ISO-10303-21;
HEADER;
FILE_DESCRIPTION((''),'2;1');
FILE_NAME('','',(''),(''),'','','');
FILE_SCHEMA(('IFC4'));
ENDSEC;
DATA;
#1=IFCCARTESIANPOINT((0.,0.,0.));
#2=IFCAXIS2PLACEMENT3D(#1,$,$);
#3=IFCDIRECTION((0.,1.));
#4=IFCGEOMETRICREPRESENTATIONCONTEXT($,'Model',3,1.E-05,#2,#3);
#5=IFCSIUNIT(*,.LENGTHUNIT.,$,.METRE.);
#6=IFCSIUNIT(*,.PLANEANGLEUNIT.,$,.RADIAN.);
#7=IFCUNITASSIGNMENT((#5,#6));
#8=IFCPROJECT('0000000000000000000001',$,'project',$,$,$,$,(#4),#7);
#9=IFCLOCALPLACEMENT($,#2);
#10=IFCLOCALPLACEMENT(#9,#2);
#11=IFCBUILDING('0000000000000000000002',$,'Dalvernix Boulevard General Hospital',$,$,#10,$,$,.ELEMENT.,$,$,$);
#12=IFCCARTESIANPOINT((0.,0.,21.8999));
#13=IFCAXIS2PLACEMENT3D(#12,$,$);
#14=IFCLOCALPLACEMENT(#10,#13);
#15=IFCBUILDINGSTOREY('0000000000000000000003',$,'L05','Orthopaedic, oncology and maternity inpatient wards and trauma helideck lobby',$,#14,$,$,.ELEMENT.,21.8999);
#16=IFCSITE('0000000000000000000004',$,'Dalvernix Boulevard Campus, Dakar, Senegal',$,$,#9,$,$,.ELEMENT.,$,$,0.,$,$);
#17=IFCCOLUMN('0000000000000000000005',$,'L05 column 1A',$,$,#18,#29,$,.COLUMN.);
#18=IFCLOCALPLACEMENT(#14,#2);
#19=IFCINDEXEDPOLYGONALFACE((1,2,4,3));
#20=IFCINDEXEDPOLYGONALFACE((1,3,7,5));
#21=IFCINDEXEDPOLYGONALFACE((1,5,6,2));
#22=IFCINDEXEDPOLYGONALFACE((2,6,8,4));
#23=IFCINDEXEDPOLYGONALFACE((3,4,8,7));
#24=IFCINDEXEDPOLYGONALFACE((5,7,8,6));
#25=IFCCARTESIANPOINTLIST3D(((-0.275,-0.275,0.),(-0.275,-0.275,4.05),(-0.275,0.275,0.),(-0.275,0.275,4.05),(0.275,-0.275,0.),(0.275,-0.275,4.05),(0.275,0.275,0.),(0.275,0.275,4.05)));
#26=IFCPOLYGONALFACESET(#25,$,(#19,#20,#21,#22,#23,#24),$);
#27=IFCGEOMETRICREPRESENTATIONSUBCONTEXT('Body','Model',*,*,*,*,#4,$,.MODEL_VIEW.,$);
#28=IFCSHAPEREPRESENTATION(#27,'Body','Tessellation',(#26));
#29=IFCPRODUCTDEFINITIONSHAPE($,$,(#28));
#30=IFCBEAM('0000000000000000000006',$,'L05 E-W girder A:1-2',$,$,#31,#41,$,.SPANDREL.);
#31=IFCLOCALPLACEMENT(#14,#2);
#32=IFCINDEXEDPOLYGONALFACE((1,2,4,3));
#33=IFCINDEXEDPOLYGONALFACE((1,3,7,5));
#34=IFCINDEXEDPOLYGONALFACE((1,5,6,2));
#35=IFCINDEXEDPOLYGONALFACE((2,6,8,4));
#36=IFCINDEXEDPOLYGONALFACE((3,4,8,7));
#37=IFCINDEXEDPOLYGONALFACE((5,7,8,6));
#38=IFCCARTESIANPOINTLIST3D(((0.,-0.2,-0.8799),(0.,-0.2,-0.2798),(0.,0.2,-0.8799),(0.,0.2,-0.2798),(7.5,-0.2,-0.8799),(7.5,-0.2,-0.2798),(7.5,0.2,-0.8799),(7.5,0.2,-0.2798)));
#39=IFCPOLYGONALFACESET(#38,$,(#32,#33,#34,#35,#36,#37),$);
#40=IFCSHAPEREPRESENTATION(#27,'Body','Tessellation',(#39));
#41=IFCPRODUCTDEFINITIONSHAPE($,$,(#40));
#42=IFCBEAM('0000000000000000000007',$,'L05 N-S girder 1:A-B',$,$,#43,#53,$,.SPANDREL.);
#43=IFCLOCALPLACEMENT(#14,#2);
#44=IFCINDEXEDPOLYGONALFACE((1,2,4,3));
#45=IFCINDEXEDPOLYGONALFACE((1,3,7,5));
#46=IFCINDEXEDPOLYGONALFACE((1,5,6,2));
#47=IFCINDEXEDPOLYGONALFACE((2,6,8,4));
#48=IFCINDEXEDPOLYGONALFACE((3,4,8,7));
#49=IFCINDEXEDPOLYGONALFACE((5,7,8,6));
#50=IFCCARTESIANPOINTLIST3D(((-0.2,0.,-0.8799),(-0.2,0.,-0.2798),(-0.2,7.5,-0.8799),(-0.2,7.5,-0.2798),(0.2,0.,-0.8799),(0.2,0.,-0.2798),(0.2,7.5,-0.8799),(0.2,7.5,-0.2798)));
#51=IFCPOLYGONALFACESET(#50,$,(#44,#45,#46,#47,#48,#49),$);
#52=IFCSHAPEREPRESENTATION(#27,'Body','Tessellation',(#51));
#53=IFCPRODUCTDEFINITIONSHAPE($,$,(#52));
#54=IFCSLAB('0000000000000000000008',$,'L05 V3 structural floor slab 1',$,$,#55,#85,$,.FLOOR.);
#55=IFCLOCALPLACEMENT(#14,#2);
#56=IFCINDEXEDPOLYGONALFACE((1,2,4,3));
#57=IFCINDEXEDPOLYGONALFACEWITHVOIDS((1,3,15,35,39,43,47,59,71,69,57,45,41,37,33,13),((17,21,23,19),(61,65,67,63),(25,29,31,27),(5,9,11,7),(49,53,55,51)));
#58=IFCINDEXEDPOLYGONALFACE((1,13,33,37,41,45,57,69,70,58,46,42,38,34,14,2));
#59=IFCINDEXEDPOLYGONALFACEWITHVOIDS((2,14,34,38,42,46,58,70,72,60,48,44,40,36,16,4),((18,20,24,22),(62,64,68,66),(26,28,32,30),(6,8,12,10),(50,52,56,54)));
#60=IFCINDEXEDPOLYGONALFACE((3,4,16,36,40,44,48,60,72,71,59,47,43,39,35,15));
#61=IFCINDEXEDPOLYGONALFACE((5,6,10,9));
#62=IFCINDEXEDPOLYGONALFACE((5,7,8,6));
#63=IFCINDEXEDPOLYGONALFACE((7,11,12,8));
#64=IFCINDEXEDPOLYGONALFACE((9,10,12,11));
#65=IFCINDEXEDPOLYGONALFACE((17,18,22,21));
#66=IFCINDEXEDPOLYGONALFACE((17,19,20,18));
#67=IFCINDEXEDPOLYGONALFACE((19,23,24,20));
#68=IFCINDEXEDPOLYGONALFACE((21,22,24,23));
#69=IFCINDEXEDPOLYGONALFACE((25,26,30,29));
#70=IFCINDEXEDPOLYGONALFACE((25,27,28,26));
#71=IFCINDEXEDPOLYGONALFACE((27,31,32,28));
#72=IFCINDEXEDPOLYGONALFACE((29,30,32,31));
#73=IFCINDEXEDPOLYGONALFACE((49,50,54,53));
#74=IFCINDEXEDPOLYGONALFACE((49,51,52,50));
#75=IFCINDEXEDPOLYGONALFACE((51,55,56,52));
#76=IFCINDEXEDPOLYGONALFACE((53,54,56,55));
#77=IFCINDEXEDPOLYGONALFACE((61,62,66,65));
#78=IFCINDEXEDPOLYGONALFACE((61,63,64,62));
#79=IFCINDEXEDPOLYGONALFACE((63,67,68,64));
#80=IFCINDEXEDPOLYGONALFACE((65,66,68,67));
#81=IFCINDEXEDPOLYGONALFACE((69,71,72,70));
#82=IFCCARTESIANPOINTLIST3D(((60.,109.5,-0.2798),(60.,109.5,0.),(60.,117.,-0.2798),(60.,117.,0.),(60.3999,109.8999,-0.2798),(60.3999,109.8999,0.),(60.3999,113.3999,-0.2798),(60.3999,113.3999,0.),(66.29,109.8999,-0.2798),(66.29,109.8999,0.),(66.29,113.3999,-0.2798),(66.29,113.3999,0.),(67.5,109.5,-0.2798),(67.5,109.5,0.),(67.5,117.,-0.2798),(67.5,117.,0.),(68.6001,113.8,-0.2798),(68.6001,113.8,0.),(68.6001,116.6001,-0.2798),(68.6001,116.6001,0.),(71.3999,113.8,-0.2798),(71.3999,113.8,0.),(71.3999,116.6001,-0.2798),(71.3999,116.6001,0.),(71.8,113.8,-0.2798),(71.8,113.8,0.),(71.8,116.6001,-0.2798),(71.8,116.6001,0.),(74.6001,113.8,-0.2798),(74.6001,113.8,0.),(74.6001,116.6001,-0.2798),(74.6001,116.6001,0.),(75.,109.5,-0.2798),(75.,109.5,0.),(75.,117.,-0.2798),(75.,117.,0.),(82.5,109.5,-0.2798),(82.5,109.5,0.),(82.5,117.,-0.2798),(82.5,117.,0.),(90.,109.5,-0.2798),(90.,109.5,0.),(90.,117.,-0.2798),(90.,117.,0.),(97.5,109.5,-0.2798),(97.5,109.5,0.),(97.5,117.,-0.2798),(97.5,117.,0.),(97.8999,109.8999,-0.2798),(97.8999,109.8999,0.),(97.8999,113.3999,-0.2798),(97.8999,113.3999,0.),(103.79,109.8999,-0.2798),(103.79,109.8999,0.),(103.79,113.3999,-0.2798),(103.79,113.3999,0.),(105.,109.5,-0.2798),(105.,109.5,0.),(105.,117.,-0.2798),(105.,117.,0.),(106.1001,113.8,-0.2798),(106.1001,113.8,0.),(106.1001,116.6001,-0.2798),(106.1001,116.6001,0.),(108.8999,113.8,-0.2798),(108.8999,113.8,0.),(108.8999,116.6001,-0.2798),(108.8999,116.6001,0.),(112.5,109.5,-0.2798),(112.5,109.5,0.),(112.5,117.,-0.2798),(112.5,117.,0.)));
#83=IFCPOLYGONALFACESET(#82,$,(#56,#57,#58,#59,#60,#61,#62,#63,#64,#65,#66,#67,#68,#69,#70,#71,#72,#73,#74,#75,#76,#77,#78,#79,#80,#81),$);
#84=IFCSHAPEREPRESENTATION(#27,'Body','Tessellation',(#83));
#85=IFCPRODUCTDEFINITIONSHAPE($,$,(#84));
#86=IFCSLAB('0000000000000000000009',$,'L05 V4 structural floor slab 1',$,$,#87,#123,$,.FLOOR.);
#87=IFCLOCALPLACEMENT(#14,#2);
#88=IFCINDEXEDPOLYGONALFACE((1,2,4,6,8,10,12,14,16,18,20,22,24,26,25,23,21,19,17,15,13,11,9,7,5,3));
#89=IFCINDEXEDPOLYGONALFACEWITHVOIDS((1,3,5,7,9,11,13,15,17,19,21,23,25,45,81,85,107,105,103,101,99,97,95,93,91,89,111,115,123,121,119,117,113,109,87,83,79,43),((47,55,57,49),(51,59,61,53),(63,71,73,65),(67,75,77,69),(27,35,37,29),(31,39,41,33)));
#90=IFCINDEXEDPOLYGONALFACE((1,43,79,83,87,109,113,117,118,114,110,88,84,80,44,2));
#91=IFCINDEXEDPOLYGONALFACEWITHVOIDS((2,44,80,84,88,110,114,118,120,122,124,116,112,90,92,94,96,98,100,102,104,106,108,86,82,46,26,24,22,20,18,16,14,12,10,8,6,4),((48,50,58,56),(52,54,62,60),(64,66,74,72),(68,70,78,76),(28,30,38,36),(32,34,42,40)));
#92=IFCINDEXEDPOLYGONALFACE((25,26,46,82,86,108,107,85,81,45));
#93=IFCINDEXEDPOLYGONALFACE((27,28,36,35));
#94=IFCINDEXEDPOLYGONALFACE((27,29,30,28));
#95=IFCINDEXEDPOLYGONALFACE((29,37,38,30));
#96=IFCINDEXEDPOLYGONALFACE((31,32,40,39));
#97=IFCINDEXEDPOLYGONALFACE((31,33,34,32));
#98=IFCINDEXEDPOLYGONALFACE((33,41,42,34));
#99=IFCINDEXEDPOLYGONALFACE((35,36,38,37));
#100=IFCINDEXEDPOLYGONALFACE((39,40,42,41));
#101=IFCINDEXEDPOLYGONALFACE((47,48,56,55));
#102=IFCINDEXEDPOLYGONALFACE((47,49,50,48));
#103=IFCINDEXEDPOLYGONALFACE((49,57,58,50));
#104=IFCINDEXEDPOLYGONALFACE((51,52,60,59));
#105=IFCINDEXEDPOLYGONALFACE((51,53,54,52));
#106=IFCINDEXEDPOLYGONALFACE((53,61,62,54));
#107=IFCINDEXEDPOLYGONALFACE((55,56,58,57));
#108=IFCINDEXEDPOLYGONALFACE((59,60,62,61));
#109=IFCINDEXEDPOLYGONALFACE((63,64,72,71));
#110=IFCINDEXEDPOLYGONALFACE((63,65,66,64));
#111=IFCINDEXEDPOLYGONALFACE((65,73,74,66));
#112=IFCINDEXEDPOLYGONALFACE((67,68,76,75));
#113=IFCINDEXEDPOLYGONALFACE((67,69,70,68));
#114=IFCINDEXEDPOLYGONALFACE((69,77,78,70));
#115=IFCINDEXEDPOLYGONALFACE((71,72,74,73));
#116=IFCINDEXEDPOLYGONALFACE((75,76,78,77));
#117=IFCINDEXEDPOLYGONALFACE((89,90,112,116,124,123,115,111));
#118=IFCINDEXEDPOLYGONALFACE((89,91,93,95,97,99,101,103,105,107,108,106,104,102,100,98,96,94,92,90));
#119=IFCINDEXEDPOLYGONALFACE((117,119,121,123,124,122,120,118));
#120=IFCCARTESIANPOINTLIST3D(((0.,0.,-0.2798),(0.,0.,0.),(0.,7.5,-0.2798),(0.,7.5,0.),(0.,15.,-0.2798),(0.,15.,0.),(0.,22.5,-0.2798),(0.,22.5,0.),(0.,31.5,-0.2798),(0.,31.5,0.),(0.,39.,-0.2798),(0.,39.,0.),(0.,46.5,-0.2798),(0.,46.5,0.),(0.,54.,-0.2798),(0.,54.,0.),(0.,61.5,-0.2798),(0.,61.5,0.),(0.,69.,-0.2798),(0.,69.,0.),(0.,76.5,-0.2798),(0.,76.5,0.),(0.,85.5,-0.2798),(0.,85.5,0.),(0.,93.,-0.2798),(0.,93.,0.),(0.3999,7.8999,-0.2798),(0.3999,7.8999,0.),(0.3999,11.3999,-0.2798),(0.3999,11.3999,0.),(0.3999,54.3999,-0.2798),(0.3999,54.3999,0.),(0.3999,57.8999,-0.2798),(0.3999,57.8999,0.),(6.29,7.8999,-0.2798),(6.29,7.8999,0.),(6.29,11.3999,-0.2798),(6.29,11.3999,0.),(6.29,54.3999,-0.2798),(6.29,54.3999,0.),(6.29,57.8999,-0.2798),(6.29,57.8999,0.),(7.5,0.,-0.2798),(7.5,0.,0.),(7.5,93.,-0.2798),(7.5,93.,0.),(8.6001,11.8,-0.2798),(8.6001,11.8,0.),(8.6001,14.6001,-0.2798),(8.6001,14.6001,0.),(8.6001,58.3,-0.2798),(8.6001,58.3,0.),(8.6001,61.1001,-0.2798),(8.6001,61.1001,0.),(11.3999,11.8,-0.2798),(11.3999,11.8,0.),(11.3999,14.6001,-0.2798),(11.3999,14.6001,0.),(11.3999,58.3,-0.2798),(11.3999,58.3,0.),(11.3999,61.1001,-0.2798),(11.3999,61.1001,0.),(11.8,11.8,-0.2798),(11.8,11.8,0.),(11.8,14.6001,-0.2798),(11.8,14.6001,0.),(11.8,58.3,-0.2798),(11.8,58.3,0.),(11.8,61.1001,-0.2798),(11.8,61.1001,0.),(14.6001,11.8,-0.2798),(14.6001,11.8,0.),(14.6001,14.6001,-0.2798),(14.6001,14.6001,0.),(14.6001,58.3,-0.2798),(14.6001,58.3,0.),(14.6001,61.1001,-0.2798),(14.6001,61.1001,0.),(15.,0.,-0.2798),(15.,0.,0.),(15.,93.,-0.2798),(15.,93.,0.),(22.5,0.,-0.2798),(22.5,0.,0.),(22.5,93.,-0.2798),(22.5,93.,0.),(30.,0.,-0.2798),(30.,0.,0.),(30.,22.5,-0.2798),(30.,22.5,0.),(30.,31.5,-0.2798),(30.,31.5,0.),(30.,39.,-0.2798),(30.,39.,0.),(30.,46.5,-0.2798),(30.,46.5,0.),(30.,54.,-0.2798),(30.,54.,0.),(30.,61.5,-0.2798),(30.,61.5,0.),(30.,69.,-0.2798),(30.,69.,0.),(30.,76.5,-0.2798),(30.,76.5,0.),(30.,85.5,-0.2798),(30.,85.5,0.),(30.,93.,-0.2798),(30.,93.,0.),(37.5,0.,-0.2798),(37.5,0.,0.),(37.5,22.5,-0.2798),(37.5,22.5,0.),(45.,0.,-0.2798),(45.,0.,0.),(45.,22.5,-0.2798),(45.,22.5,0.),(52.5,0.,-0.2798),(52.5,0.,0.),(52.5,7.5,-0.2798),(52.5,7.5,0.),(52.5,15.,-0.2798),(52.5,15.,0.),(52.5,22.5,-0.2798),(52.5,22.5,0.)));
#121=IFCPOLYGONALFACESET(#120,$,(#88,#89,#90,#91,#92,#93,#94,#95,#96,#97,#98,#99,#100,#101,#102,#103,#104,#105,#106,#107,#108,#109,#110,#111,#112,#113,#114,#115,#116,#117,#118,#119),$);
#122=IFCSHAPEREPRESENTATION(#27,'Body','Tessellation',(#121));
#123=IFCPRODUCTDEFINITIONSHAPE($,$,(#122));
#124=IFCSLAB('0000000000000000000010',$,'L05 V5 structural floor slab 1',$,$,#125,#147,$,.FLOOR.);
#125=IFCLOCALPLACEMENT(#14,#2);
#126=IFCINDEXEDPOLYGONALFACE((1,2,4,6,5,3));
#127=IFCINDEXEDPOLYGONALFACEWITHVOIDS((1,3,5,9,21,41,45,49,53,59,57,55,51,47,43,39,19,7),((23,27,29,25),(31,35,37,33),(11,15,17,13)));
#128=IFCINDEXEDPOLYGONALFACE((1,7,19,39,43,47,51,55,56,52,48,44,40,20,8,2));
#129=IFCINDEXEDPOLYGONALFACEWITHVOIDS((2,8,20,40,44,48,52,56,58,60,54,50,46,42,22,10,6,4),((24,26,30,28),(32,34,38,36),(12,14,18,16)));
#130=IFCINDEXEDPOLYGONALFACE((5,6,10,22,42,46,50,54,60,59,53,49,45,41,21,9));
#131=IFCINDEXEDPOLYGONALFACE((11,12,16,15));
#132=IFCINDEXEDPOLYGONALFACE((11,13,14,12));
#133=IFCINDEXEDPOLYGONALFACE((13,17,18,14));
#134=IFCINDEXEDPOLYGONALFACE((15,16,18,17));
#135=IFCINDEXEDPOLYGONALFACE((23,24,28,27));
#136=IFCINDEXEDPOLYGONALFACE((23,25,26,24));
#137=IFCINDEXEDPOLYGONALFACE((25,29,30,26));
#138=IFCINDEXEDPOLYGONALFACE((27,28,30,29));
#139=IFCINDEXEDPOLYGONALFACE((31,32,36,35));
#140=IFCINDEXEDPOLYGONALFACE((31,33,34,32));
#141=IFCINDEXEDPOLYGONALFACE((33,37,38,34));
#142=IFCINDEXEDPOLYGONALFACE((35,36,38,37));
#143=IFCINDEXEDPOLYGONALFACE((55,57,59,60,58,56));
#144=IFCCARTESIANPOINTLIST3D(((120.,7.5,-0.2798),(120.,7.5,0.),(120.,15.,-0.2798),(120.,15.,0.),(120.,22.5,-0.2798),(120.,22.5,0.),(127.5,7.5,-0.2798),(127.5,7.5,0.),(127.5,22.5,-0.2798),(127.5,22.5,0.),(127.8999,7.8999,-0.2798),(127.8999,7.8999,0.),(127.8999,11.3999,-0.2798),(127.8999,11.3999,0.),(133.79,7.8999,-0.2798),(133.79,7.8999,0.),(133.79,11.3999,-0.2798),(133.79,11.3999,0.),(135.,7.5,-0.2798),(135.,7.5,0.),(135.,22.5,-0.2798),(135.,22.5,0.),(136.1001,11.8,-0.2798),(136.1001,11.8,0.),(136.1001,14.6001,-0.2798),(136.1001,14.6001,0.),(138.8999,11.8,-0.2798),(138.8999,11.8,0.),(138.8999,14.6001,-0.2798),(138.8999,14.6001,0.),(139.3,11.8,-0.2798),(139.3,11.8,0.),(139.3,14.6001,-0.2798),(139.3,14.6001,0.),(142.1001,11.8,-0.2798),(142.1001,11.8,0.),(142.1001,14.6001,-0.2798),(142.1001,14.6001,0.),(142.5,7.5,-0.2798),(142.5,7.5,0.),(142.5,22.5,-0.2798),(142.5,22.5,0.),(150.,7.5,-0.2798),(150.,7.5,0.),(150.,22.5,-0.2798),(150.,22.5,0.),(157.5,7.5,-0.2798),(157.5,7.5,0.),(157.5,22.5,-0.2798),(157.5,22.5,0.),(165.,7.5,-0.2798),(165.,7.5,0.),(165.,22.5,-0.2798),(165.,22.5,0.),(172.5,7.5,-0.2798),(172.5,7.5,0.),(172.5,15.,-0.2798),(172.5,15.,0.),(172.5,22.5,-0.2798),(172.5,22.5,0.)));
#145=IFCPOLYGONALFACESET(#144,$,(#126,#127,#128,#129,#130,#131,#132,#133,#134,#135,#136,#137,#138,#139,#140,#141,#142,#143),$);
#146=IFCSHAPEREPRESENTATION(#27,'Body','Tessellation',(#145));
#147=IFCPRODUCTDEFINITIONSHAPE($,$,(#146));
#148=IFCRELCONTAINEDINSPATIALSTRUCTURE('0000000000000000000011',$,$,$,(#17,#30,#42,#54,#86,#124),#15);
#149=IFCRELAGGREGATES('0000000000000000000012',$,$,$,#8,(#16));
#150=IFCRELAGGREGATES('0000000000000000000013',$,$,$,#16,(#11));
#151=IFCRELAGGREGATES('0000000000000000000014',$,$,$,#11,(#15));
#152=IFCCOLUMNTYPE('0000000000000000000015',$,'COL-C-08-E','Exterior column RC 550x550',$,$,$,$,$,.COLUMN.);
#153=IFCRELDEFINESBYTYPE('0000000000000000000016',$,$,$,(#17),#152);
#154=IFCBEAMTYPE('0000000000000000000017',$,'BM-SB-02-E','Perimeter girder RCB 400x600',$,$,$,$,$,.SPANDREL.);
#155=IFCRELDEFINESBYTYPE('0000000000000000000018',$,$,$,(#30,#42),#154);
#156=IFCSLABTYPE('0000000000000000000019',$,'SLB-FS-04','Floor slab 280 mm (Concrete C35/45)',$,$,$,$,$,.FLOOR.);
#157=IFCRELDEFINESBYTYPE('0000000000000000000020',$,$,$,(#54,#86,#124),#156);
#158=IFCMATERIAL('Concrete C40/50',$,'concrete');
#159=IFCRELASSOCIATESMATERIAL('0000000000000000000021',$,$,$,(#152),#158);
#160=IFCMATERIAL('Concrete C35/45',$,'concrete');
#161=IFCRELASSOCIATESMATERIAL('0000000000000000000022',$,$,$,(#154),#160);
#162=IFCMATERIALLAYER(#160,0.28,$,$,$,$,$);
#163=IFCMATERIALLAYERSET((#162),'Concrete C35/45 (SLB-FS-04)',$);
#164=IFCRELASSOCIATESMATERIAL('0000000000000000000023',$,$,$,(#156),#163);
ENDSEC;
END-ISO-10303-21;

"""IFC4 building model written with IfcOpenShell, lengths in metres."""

from ifc_helpers import new_model, si_unit, direction, frame, origin, origin_with_axes, origin_2d, place, context, subcontext, project, spatial, polyline, rectangle, outline, extrude, material, layer, layer_set, material_profile, profile_set, type_object, element, save


model = new_model("IFC4")

# Units and contexts
model_context = context("Model", 3, precision=1e-05, world=origin(), true_north=direction((0.0, 1.0)))
body_context = subcontext(model_context, "Body", "Model", "MODEL_VIEW")
ifc_project = project(units=[si_unit("LENGTHUNIT", "METRE"), si_unit("PLANEANGLEUNIT", "RADIAN")], contexts=[model_context])

# Site, building, storey
site_placement = place(None, origin())
site = spatial("IfcSite", under=ifc_project, at=site_placement, Name="Dalvernix Boulevard Campus, Dakar, Senegal", CompositionType="ELEMENT", RefElevation=0.0)
building_placement = place(site_placement, origin())
building = spatial("IfcBuilding", under=site, at=building_placement, Name="Dalvernix Boulevard General Hospital", CompositionType="ELEMENT")
storey_placement = place(building_placement, frame((0.0, 0.0, 21.8999)))
storey = spatial("IfcBuildingStorey", under=building, at=storey_placement, Name="L05", Description="Orthopaedic, oncology and maternity inpatient wards and trauma helideck lobby", CompositionType="ELEMENT", Elevation=21.8999)

# Column
ifc_material_1 = material(Name="Concrete C40/50", Category="concrete")
ifc_material_profile_1 = material_profile(ifc_material_1, rectangle(XDim=0.55, YDim=0.55, at=origin_2d()), Name="RC 550x550")
ifc_profile_set_1 = profile_set([ifc_material_profile_1], Name="Concrete C40/50")
column_type = type_object("IfcColumnType", Name="COL-C-08-E", Description="Exterior column RC 550x550", PredefinedType="COLUMN", material=ifc_profile_set_1)
column_placement = place(storey_placement, origin_with_axes())
element("IfcColumn", 1, at=column_placement, inside=storey, type_object=column_type, Name="L05 column 1A", PredefinedType="COLUMN", context=body_context, shape_type="SweptSolid", body=[
    extrude(rectangle(XDim=0.55, YDim=0.55, at=origin_2d()), origin(), (0.0, 0.0, 1.0), 4.05),
])

# Beams
ifc_material_2 = material(Name="Concrete C35/45", Category="concrete")
ifc_material_profile_2 = material_profile(ifc_material_2, rectangle(XDim=0.3999, YDim=0.6001, at=origin_2d()), Name="RCB 400x600")
ifc_profile_set_2 = profile_set([ifc_material_profile_2], Name="Concrete C35/45")
beam_type = type_object("IfcBeamType", Name="BM-SB-02-E", Description="Perimeter girder RCB 400x600", PredefinedType="SPANDREL", material=ifc_profile_set_2)
for number, where, z_axis, x_axis, name in (
    (2, (0.0, 0.0, -0.5798), (1.0, 0.0, 0.0), (0.0, 1.0, 0.0), "L05 E-W girder A:1-2"),
    (3, (0.0, 0.0, -0.5798), (0.0, 1.0, 0.0), (-1.0, 0.0, 0.0), "L05 N-S girder 1:A-B"),
):
    element("IfcBeam", number, at=place(storey_placement, frame(where, z_axis=z_axis, x_axis=x_axis)), inside=storey, type_object=beam_type, Name=name, PredefinedType="SPANDREL", context=body_context, shape_type="SweptSolid", body=[
        extrude(rectangle(XDim=0.3999, YDim=0.6001, at=origin_2d()), origin(), (0.0, 0.0, 1.0), 7.5),
    ])

# Slabs
ifc_layer_1 = layer(ifc_material_2, 0.28)
ifc_layer_set_1 = layer_set([ifc_layer_1], Name="Concrete C35/45 (SLB-FS-04)")
slab_type_1 = type_object("IfcSlabType", Name="SLB-FS-04", Description="Floor slab 280 mm (Concrete C35/45)", PredefinedType="FLOOR", material=ifc_layer_set_1)
slab_1_placement = place(storey_placement, frame((0.0, 0.0, -0.2798)))
element("IfcSlab", 4, at=slab_1_placement, inside=storey, type_object=slab_type_1, Name="L05 V3 structural floor slab 1", PredefinedType="FLOOR", context=body_context, shape_type="SweptSolid", body=[
    extrude(outline(polyline([(97.5, 117.0), (105.0, 117.0), (112.5, 117.0), (112.5, 109.5), (105.0, 109.5), (97.5, 109.5), (90.0, 109.5), (82.5, 109.5), (75.0, 109.5), (67.5, 109.5), (60.0, 109.5), (60.0, 117.0), (67.5, 117.0), (75.0, 117.0), (82.5, 117.0), (90.0, 117.0), (97.5, 117.0)]), holes=[polyline([(66.29, 113.3999), (60.3999, 113.3999), (60.3999, 109.8999), (66.29, 109.8999), (66.29, 113.3999)]), polyline([(71.3999, 113.8), (71.3999, 116.6001), (68.6001, 116.6001), (68.6001, 113.8), (71.3999, 113.8)]), polyline([(71.8, 113.8), (74.6001, 113.8), (74.6001, 116.6001), (71.8, 116.6001), (71.8, 113.8)]), polyline([(97.8999, 113.3999), (97.8999, 109.8999), (103.79, 109.8999), (103.79, 113.3999), (97.8999, 113.3999)]), polyline([(108.8999, 116.6001), (106.1001, 116.6001), (106.1001, 113.8), (108.8999, 113.8), (108.8999, 116.6001)])]), origin(), (0.0, 0.0, 1.0), 0.2798),
])
slab_2_placement = place(storey_placement, frame((0.0, 0.0, -0.2798)))
element("IfcSlab", 5, at=slab_2_placement, inside=storey, type_object=slab_type_1, Name="L05 V4 structural floor slab 1", PredefinedType="FLOOR", context=body_context, shape_type="SweptSolid", body=[
    extrude(outline(polyline([(0.0, 69.0), (0.0, 76.5), (0.0, 85.5), (0.0, 93.0), (7.5, 93.0), (15.0, 93.0), (22.5, 93.0), (30.0, 93.0), (30.0, 85.5), (30.0, 76.5), (30.0, 69.0), (30.0, 61.5), (30.0, 54.0), (30.0, 46.5), (30.0, 39.0), (30.0, 31.5), (30.0, 22.5), (37.5, 22.5), (45.0, 22.5), (52.5, 22.5), (52.5, 15.0), (52.5, 7.5), (52.5, 0.0), (45.0, 0.0), (37.5, 0.0), (30.0, 0.0), (22.5, 0.0), (15.0, 0.0), (7.5, 0.0), (0.0, 0.0), (0.0, 7.5), (0.0, 15.0), (0.0, 22.5), (0.0, 31.5), (0.0, 39.0), (0.0, 46.5), (0.0, 54.0), (0.0, 61.5), (0.0, 69.0)]), holes=[polyline([(0.3999, 11.3999), (0.3999, 7.8999), (6.29, 7.8999), (6.29, 11.3999), (0.3999, 11.3999)]), polyline([(11.3999, 14.6001), (8.6001, 14.6001), (8.6001, 11.8), (11.3999, 11.8), (11.3999, 14.6001)]), polyline([(14.6001, 11.8), (14.6001, 14.6001), (11.8, 14.6001), (11.8, 11.8), (14.6001, 11.8)]), polyline([(0.3999, 54.3999), (6.29, 54.3999), (6.29, 57.8999), (0.3999, 57.8999), (0.3999, 54.3999)]), polyline([(8.6001, 61.1001), (8.6001, 58.3), (11.3999, 58.3), (11.3999, 61.1001), (8.6001, 61.1001)]), polyline([(14.6001, 61.1001), (11.8, 61.1001), (11.8, 58.3), (14.6001, 58.3), (14.6001, 61.1001)])]), origin(), (0.0, 0.0, 1.0), 0.2798),
])
slab_3_placement = place(storey_placement, frame((0.0, 0.0, -0.2798)))
element("IfcSlab", 6, at=slab_3_placement, inside=storey, type_object=slab_type_1, Name="L05 V5 structural floor slab 1", PredefinedType="FLOOR", context=body_context, shape_type="SweptSolid", body=[
    extrude(outline(polyline([(142.5, 22.5), (150.0, 22.5), (157.5, 22.5), (165.0, 22.5), (172.5, 22.5), (172.5, 15.0), (172.5, 7.5), (165.0, 7.5), (157.5, 7.5), (150.0, 7.5), (142.5, 7.5), (135.0, 7.5), (127.5, 7.5), (120.0, 7.5), (120.0, 15.0), (120.0, 22.5), (127.5, 22.5), (135.0, 22.5), (142.5, 22.5)]), holes=[polyline([(127.8999, 7.8999), (133.79, 7.8999), (133.79, 11.3999), (127.8999, 11.3999), (127.8999, 7.8999)]), polyline([(136.1001, 14.6001), (136.1001, 11.8), (138.8999, 11.8), (138.8999, 14.6001), (136.1001, 14.6001)]), polyline([(142.1001, 14.6001), (139.3, 14.6001), (139.3, 11.8), (142.1001, 11.8), (142.1001, 14.6001)])]), origin(), (0.0, 0.0, 1.0), 0.2798),
])

save(model, "model.ifc")
